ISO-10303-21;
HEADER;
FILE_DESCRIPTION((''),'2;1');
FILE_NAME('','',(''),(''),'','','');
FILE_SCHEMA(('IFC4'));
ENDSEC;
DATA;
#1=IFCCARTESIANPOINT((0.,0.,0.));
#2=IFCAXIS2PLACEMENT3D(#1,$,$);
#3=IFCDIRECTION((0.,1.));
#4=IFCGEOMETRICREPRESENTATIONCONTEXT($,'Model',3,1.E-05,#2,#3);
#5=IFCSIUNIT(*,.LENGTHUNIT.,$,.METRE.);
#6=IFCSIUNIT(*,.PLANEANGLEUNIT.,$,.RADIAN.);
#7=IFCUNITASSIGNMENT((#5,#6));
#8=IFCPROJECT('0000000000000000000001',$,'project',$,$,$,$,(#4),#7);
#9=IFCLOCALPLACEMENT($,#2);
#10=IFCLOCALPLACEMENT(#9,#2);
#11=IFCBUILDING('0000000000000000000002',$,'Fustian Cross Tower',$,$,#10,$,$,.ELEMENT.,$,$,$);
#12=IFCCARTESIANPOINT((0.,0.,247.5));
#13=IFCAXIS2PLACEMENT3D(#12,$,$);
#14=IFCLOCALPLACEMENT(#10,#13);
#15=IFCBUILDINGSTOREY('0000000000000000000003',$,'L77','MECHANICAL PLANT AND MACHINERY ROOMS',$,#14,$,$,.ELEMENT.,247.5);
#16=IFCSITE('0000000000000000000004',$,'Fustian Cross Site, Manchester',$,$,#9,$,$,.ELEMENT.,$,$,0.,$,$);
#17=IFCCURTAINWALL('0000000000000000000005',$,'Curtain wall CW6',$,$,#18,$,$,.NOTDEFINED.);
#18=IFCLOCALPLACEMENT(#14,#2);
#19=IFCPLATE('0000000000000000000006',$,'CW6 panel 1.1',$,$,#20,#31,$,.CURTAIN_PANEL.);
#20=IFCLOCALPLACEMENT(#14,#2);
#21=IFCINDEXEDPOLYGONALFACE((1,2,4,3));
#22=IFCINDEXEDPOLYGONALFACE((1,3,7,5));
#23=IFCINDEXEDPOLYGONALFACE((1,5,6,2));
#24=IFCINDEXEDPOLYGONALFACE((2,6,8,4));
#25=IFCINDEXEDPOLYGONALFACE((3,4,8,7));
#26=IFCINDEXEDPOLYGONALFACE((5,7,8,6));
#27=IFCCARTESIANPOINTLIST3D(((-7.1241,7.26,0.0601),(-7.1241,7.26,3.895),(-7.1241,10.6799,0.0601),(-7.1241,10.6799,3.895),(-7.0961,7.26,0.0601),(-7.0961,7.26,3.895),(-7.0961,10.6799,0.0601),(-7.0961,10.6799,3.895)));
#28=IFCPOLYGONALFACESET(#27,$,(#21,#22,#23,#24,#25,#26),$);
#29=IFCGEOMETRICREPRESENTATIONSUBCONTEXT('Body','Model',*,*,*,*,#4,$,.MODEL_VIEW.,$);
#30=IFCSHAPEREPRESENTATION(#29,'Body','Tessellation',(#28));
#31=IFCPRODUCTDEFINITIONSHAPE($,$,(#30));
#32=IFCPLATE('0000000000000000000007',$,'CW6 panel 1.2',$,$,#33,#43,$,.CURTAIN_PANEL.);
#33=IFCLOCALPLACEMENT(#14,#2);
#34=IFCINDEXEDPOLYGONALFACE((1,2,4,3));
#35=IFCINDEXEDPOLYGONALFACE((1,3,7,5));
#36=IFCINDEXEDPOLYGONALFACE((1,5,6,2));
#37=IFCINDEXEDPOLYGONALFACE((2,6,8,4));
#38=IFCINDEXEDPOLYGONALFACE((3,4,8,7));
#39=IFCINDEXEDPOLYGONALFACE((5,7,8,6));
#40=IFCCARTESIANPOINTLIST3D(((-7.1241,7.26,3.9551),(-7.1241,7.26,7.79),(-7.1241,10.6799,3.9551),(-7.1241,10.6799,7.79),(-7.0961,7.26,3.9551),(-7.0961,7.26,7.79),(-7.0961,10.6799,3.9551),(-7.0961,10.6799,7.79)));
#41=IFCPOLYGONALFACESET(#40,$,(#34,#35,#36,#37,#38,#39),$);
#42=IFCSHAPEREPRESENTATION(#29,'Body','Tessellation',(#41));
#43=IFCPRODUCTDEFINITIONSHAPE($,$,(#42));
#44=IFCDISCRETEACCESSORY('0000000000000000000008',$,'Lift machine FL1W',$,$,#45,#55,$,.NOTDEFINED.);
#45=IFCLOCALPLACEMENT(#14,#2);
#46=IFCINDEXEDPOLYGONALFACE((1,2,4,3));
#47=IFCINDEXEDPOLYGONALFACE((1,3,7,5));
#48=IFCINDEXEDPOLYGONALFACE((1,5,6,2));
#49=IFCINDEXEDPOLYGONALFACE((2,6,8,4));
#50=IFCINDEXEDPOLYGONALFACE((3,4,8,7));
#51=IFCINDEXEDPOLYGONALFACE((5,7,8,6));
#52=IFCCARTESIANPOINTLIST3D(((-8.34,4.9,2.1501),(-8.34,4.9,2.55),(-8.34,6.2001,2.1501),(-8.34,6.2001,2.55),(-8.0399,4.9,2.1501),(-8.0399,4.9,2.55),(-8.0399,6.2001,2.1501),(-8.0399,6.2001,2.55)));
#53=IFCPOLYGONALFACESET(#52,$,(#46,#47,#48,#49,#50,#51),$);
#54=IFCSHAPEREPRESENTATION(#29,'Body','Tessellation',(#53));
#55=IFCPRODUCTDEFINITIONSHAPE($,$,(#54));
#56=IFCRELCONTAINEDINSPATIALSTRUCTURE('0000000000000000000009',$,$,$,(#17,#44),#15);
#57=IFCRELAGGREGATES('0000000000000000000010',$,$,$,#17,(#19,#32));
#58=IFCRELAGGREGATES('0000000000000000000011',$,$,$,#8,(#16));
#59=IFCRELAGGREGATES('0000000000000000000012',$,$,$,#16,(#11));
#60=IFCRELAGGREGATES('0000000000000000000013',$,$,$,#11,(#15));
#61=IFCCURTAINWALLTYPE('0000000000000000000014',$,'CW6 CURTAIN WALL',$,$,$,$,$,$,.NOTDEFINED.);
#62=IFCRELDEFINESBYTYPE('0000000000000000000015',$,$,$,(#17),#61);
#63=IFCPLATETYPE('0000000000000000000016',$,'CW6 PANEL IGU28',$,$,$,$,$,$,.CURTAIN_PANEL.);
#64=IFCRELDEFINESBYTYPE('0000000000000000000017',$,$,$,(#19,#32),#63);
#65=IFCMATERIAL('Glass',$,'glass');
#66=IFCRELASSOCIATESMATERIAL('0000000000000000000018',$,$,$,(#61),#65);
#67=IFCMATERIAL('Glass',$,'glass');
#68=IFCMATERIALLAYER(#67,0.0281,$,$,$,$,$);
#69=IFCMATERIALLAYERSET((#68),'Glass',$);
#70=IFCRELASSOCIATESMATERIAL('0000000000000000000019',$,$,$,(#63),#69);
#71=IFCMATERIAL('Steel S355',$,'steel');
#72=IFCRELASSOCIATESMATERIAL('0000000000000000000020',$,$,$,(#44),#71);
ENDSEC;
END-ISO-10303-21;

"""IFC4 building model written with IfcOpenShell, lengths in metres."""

from ifc_helpers import new_model, si_unit, direction, frame, origin, origin_2d, place, context, subcontext, project, spatial, rectangle, extrude, material, layer, layer_set, type_object, element, aggregate, save


model = new_model("IFC4")

# Units and contexts
model_context = context("Model", 3, precision=1e-05, world=origin(), true_north=direction((0.0, 1.0)))
body_context = subcontext(model_context, "Body", "Model", "MODEL_VIEW")
ifc_project = project(units=[si_unit("LENGTHUNIT", "METRE"), si_unit("PLANEANGLEUNIT", "RADIAN")], contexts=[model_context])

# Site, building, storey
site_placement = place(None, origin())
site = spatial("IfcSite", under=ifc_project, at=site_placement, Name="Fustian Cross Site, Manchester", CompositionType="ELEMENT", RefElevation=0.0)
building_placement = place(site_placement, origin())
building = spatial("IfcBuilding", under=site, at=building_placement, Name="Fustian Cross Tower", CompositionType="ELEMENT")
storey_placement = place(building_placement, frame((0.0, 0.0, 247.5)))
storey = spatial("IfcBuildingStorey", under=building, at=storey_placement, Name="L77", Description="MECHANICAL PLANT AND MACHINERY ROOMS", CompositionType="ELEMENT", Elevation=247.5)

# Curtain wall
ifc_material_1 = material(Name="Glass", Category="glass")
curtain_wall_type = type_object("IfcCurtainWallType", Name="CW6 CURTAIN WALL", PredefinedType="NOTDEFINED", material=ifc_material_1)
curtain_wall_placement = place(storey_placement, origin())
curtain_wall = element("IfcCurtainWall", 1, at=curtain_wall_placement, inside=storey, type_object=curtain_wall_type, Name="Curtain wall CW6", PredefinedType="NOTDEFINED")

# Plates
ifc_material_2 = material(Name="Glass", Category="glass")
ifc_layer = layer(ifc_material_2, 0.0281)
ifc_layer_set = layer_set([ifc_layer], Name="Glass")
plate_type = type_object("IfcPlateType", Name="CW6 PANEL IGU28", PredefinedType="CURTAIN_PANEL", material=ifc_layer_set)
plate_1_placement = place(storey_placement, frame((-7.1101, 8.97, 0.0601), z_axis=(0.0, 0.0, 1.0), x_axis=(0.0, -1.0, 0.0)))
plate_1 = element("IfcPlate", 2, at=plate_1_placement, type_object=plate_type, Name="CW6 panel 1.1", PredefinedType="CURTAIN_PANEL", context=body_context, shape_type="SweptSolid", body=[
    extrude(rectangle(XDim=3.4199, YDim=0.0281, at=origin_2d()), origin(), (0.0, 0.0, 1.0), 3.835),
])
plate_2_placement = place(storey_placement, frame((-7.1101, 8.97, 3.9551), z_axis=(0.0, 0.0, 1.0), x_axis=(0.0, -1.0, 0.0)))
plate_2 = element("IfcPlate", 3, at=plate_2_placement, type_object=plate_type, Name="CW6 panel 1.2", PredefinedType="CURTAIN_PANEL", context=body_context, shape_type="SweptSolid", body=[
    extrude(rectangle(XDim=3.4199, YDim=0.0281, at=origin_2d()), origin(), (0.0, 0.0, 1.0), 3.835),
])
aggregate(curtain_wall, [plate_1, plate_2])

# Discrete accessory
ifc_material_3 = material(Name="Steel S355", Category="steel")
discrete_accessory_placement = place(storey_placement, frame((-8.1899, 5.55, 2.1501), z_axis=(0.0, 0.0, 1.0), x_axis=(1.0, 0.0, 0.0)))
element("IfcDiscreteAccessory", 4, at=discrete_accessory_placement, inside=storey, material=ifc_material_3, Name="Lift machine FL1W", PredefinedType="NOTDEFINED", context=body_context, shape_type="SweptSolid", body=[
    extrude(rectangle(XDim=0.3, YDim=1.3, at=origin_2d()), origin(), (0.0, 0.0, 1.0), 0.3999),
])

save(model, "model.ifc")
